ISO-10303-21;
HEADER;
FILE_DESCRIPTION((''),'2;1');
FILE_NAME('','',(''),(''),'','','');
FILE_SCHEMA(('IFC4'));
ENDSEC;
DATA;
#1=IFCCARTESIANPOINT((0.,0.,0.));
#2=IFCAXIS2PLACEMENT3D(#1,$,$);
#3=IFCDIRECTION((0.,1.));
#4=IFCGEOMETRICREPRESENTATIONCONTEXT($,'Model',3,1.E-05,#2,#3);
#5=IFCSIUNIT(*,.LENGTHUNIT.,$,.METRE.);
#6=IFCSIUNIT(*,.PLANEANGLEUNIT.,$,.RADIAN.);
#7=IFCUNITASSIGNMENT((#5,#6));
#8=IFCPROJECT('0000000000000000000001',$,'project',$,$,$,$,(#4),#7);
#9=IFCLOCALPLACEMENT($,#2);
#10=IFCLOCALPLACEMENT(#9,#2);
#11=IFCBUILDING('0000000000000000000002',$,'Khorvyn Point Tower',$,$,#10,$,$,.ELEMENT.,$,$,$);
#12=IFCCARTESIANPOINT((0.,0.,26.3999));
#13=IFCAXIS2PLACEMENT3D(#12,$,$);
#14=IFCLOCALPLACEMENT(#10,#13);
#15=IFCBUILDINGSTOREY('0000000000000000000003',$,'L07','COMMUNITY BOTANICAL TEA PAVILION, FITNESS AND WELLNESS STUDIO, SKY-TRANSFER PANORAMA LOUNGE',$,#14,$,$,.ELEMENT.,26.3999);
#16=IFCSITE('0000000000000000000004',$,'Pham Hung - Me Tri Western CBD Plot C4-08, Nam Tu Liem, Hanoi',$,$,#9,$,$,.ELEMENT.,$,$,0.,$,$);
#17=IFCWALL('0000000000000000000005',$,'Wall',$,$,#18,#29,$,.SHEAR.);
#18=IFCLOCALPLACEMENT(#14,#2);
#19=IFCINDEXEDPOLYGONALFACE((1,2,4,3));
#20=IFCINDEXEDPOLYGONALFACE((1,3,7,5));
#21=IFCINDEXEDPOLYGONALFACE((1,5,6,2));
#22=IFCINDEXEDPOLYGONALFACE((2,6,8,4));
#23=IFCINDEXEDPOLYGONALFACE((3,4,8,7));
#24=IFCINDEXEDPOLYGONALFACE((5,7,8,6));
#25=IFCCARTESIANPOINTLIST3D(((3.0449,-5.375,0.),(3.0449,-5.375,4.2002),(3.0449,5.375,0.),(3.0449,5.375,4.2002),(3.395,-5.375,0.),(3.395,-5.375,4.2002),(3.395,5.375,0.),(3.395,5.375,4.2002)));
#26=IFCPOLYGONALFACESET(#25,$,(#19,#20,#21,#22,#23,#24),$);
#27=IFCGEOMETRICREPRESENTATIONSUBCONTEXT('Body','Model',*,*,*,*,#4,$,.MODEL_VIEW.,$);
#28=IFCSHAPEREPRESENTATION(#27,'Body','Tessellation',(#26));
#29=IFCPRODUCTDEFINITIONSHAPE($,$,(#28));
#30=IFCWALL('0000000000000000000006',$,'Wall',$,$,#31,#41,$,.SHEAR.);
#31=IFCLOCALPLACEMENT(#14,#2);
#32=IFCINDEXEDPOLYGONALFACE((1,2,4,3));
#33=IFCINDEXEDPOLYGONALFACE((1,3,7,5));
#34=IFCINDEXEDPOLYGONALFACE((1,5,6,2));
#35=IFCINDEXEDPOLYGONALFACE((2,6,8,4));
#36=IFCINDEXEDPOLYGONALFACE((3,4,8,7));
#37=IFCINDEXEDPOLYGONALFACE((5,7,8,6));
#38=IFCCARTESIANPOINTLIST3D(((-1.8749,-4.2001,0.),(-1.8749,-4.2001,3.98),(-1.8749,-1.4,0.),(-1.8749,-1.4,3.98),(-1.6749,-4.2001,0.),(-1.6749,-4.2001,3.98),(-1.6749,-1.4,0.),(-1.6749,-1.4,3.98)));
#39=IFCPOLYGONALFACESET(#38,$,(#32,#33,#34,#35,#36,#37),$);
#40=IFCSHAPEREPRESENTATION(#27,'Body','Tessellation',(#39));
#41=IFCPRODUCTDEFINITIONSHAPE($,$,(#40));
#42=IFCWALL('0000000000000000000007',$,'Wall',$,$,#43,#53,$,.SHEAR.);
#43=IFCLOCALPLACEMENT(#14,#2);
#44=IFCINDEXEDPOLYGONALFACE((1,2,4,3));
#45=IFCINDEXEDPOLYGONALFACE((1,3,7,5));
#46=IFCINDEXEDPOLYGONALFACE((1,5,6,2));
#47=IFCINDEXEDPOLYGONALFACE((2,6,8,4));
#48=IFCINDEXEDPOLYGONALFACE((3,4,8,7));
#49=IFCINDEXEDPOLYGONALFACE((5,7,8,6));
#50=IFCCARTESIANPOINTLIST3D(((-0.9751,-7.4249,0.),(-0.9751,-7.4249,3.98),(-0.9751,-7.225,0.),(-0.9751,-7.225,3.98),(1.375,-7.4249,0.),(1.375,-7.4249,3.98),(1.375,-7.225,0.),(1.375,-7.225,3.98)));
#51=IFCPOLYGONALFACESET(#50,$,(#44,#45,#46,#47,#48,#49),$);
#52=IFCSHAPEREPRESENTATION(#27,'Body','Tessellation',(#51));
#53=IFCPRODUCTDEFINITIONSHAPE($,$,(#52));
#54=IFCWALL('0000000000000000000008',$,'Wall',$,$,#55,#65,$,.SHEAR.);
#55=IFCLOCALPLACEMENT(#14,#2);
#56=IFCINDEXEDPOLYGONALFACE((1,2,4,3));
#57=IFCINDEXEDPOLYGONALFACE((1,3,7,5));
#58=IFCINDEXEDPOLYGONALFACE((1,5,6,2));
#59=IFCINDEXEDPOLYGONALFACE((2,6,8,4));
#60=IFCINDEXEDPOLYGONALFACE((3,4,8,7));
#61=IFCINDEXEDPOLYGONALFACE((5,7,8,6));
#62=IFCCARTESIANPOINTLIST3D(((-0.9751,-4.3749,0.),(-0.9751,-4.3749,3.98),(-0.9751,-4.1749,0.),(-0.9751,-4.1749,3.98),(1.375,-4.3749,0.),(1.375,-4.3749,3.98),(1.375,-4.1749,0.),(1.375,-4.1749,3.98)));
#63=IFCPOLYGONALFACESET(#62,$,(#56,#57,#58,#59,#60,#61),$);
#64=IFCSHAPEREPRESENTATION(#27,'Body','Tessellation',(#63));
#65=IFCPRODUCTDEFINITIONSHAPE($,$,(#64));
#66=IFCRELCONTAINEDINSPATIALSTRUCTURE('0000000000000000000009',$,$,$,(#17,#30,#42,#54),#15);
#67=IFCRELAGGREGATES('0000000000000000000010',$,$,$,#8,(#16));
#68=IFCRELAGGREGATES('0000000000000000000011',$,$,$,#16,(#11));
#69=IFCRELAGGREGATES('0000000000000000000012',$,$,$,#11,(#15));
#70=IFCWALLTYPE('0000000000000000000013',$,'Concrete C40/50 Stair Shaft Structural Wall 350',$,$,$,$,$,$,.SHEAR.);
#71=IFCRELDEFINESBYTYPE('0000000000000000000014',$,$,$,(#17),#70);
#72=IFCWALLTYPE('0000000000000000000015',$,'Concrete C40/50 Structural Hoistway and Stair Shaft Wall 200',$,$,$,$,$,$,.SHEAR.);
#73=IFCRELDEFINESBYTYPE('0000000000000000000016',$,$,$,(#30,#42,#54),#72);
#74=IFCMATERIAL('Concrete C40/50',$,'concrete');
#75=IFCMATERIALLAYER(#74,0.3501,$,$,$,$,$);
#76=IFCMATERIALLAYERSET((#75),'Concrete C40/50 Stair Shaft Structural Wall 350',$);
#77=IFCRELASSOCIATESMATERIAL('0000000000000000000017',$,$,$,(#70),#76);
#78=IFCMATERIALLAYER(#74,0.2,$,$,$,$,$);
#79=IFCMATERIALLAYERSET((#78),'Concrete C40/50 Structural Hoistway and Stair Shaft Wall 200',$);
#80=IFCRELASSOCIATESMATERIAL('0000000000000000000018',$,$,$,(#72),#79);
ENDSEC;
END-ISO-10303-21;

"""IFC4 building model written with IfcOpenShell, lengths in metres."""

from ifc_helpers import new_model, si_unit, direction, frame, frame_2d, origin, place, context, subcontext, project, spatial, rectangle, extrude, material, layer, layer_set, type_object, element, save


model = new_model("IFC4")

# Units and contexts
model_context = context("Model", 3, precision=1e-05, world=origin(), true_north=direction((0.0, 1.0)))
body_context = subcontext(model_context, "Body", "Model", "MODEL_VIEW")
ifc_project = project(units=[si_unit("LENGTHUNIT", "METRE"), si_unit("PLANEANGLEUNIT", "RADIAN")], contexts=[model_context])

# Site, building, storey
site_placement = place(None, origin())
site = spatial("IfcSite", under=ifc_project, at=site_placement, Name="Pham Hung - Me Tri Western CBD Plot C4-08, Nam Tu Liem, Hanoi", CompositionType="ELEMENT", RefElevation=0.0)
building_placement = place(site_placement, origin())
building = spatial("IfcBuilding", under=site, at=building_placement, Name="Khorvyn Point Tower", CompositionType="ELEMENT")
storey_placement = place(building_placement, frame((0.0, 0.0, 26.3999)))
storey = spatial("IfcBuildingStorey", under=building, at=storey_placement, Name="L07", Description="COMMUNITY BOTANICAL TEA PAVILION, FITNESS AND WELLNESS STUDIO, SKY-TRANSFER PANORAMA LOUNGE", CompositionType="ELEMENT", Elevation=26.3999)

# Shared definitions
ifc_material_1 = material(Name="Concrete C40/50", Category="concrete")

# Walls
ifc_layer_1 = layer(ifc_material_1, 0.3501)
ifc_layer_set_1 = layer_set([ifc_layer_1], Name="Concrete C40/50 Stair Shaft Structural Wall 350")
wall_type_1 = type_object("IfcWallType", Name="Concrete C40/50 Stair Shaft Structural Wall 350", PredefinedType="SHEAR", material=ifc_layer_set_1)
wall_1_placement = place(storey_placement, frame((3.22, -5.375, 0.0), z_axis=(0.0, 0.0, 1.0), x_axis=(0.0, 1.0, 0.0)))
element("IfcWall", 1, at=wall_1_placement, inside=storey, type_object=wall_type_1, Name="Wall", PredefinedType="SHEAR", context=body_context, shape_type="SweptSolid", body=[
    extrude(rectangle(XDim=10.75, YDim=0.3501, at=frame_2d((5.375, 0.0))), origin(), (0.0, 0.0, 1.0), 4.2002),
])
ifc_layer_2 = layer(ifc_material_1, 0.2)
ifc_layer_set_2 = layer_set([ifc_layer_2], Name="Concrete C40/50 Structural Hoistway and Stair Shaft Wall 200")
wall_type_2 = type_object("IfcWallType", Name="Concrete C40/50 Structural Hoistway and Stair Shaft Wall 200", PredefinedType="SHEAR", material=ifc_layer_set_2)
wall_2_placement = place(storey_placement, frame((-1.7749, -4.2, 0.0), z_axis=(0.0, 0.0, 1.0), x_axis=(0.0, 1.0, 0.0)))
element("IfcWall", 2, at=wall_2_placement, inside=storey, type_object=wall_type_2, Name="Wall", PredefinedType="SHEAR", context=body_context, shape_type="SweptSolid", body=[
    extrude(rectangle(XDim=2.8, YDim=0.2, at=frame_2d((1.3999, 0.0))), origin(), (0.0, 0.0, 1.0), 3.98),
])
for number, where, z_axis, x_axis, name in (
    (3, (-0.9751, -7.325, 0.0), (0.0, 0.0, 1.0), (1.0, 0.0, 0.0), "Wall"),
    (4, (-0.9751, -4.2749, 0.0), (0.0, 0.0, 1.0), (1.0, 0.0, 0.0), "Wall"),
):
    element("IfcWall", number, at=place(storey_placement, frame(where, z_axis=z_axis, x_axis=x_axis)), inside=storey, type_object=wall_type_2, Name=name, PredefinedType="SHEAR", context=body_context, shape_type="SweptSolid", body=[
        extrude(rectangle(XDim=2.3501, YDim=0.2, at=frame_2d((1.175, 0.0))), origin(), (0.0, 0.0, 1.0), 3.98),
    ])

save(model, "model.ifc")
